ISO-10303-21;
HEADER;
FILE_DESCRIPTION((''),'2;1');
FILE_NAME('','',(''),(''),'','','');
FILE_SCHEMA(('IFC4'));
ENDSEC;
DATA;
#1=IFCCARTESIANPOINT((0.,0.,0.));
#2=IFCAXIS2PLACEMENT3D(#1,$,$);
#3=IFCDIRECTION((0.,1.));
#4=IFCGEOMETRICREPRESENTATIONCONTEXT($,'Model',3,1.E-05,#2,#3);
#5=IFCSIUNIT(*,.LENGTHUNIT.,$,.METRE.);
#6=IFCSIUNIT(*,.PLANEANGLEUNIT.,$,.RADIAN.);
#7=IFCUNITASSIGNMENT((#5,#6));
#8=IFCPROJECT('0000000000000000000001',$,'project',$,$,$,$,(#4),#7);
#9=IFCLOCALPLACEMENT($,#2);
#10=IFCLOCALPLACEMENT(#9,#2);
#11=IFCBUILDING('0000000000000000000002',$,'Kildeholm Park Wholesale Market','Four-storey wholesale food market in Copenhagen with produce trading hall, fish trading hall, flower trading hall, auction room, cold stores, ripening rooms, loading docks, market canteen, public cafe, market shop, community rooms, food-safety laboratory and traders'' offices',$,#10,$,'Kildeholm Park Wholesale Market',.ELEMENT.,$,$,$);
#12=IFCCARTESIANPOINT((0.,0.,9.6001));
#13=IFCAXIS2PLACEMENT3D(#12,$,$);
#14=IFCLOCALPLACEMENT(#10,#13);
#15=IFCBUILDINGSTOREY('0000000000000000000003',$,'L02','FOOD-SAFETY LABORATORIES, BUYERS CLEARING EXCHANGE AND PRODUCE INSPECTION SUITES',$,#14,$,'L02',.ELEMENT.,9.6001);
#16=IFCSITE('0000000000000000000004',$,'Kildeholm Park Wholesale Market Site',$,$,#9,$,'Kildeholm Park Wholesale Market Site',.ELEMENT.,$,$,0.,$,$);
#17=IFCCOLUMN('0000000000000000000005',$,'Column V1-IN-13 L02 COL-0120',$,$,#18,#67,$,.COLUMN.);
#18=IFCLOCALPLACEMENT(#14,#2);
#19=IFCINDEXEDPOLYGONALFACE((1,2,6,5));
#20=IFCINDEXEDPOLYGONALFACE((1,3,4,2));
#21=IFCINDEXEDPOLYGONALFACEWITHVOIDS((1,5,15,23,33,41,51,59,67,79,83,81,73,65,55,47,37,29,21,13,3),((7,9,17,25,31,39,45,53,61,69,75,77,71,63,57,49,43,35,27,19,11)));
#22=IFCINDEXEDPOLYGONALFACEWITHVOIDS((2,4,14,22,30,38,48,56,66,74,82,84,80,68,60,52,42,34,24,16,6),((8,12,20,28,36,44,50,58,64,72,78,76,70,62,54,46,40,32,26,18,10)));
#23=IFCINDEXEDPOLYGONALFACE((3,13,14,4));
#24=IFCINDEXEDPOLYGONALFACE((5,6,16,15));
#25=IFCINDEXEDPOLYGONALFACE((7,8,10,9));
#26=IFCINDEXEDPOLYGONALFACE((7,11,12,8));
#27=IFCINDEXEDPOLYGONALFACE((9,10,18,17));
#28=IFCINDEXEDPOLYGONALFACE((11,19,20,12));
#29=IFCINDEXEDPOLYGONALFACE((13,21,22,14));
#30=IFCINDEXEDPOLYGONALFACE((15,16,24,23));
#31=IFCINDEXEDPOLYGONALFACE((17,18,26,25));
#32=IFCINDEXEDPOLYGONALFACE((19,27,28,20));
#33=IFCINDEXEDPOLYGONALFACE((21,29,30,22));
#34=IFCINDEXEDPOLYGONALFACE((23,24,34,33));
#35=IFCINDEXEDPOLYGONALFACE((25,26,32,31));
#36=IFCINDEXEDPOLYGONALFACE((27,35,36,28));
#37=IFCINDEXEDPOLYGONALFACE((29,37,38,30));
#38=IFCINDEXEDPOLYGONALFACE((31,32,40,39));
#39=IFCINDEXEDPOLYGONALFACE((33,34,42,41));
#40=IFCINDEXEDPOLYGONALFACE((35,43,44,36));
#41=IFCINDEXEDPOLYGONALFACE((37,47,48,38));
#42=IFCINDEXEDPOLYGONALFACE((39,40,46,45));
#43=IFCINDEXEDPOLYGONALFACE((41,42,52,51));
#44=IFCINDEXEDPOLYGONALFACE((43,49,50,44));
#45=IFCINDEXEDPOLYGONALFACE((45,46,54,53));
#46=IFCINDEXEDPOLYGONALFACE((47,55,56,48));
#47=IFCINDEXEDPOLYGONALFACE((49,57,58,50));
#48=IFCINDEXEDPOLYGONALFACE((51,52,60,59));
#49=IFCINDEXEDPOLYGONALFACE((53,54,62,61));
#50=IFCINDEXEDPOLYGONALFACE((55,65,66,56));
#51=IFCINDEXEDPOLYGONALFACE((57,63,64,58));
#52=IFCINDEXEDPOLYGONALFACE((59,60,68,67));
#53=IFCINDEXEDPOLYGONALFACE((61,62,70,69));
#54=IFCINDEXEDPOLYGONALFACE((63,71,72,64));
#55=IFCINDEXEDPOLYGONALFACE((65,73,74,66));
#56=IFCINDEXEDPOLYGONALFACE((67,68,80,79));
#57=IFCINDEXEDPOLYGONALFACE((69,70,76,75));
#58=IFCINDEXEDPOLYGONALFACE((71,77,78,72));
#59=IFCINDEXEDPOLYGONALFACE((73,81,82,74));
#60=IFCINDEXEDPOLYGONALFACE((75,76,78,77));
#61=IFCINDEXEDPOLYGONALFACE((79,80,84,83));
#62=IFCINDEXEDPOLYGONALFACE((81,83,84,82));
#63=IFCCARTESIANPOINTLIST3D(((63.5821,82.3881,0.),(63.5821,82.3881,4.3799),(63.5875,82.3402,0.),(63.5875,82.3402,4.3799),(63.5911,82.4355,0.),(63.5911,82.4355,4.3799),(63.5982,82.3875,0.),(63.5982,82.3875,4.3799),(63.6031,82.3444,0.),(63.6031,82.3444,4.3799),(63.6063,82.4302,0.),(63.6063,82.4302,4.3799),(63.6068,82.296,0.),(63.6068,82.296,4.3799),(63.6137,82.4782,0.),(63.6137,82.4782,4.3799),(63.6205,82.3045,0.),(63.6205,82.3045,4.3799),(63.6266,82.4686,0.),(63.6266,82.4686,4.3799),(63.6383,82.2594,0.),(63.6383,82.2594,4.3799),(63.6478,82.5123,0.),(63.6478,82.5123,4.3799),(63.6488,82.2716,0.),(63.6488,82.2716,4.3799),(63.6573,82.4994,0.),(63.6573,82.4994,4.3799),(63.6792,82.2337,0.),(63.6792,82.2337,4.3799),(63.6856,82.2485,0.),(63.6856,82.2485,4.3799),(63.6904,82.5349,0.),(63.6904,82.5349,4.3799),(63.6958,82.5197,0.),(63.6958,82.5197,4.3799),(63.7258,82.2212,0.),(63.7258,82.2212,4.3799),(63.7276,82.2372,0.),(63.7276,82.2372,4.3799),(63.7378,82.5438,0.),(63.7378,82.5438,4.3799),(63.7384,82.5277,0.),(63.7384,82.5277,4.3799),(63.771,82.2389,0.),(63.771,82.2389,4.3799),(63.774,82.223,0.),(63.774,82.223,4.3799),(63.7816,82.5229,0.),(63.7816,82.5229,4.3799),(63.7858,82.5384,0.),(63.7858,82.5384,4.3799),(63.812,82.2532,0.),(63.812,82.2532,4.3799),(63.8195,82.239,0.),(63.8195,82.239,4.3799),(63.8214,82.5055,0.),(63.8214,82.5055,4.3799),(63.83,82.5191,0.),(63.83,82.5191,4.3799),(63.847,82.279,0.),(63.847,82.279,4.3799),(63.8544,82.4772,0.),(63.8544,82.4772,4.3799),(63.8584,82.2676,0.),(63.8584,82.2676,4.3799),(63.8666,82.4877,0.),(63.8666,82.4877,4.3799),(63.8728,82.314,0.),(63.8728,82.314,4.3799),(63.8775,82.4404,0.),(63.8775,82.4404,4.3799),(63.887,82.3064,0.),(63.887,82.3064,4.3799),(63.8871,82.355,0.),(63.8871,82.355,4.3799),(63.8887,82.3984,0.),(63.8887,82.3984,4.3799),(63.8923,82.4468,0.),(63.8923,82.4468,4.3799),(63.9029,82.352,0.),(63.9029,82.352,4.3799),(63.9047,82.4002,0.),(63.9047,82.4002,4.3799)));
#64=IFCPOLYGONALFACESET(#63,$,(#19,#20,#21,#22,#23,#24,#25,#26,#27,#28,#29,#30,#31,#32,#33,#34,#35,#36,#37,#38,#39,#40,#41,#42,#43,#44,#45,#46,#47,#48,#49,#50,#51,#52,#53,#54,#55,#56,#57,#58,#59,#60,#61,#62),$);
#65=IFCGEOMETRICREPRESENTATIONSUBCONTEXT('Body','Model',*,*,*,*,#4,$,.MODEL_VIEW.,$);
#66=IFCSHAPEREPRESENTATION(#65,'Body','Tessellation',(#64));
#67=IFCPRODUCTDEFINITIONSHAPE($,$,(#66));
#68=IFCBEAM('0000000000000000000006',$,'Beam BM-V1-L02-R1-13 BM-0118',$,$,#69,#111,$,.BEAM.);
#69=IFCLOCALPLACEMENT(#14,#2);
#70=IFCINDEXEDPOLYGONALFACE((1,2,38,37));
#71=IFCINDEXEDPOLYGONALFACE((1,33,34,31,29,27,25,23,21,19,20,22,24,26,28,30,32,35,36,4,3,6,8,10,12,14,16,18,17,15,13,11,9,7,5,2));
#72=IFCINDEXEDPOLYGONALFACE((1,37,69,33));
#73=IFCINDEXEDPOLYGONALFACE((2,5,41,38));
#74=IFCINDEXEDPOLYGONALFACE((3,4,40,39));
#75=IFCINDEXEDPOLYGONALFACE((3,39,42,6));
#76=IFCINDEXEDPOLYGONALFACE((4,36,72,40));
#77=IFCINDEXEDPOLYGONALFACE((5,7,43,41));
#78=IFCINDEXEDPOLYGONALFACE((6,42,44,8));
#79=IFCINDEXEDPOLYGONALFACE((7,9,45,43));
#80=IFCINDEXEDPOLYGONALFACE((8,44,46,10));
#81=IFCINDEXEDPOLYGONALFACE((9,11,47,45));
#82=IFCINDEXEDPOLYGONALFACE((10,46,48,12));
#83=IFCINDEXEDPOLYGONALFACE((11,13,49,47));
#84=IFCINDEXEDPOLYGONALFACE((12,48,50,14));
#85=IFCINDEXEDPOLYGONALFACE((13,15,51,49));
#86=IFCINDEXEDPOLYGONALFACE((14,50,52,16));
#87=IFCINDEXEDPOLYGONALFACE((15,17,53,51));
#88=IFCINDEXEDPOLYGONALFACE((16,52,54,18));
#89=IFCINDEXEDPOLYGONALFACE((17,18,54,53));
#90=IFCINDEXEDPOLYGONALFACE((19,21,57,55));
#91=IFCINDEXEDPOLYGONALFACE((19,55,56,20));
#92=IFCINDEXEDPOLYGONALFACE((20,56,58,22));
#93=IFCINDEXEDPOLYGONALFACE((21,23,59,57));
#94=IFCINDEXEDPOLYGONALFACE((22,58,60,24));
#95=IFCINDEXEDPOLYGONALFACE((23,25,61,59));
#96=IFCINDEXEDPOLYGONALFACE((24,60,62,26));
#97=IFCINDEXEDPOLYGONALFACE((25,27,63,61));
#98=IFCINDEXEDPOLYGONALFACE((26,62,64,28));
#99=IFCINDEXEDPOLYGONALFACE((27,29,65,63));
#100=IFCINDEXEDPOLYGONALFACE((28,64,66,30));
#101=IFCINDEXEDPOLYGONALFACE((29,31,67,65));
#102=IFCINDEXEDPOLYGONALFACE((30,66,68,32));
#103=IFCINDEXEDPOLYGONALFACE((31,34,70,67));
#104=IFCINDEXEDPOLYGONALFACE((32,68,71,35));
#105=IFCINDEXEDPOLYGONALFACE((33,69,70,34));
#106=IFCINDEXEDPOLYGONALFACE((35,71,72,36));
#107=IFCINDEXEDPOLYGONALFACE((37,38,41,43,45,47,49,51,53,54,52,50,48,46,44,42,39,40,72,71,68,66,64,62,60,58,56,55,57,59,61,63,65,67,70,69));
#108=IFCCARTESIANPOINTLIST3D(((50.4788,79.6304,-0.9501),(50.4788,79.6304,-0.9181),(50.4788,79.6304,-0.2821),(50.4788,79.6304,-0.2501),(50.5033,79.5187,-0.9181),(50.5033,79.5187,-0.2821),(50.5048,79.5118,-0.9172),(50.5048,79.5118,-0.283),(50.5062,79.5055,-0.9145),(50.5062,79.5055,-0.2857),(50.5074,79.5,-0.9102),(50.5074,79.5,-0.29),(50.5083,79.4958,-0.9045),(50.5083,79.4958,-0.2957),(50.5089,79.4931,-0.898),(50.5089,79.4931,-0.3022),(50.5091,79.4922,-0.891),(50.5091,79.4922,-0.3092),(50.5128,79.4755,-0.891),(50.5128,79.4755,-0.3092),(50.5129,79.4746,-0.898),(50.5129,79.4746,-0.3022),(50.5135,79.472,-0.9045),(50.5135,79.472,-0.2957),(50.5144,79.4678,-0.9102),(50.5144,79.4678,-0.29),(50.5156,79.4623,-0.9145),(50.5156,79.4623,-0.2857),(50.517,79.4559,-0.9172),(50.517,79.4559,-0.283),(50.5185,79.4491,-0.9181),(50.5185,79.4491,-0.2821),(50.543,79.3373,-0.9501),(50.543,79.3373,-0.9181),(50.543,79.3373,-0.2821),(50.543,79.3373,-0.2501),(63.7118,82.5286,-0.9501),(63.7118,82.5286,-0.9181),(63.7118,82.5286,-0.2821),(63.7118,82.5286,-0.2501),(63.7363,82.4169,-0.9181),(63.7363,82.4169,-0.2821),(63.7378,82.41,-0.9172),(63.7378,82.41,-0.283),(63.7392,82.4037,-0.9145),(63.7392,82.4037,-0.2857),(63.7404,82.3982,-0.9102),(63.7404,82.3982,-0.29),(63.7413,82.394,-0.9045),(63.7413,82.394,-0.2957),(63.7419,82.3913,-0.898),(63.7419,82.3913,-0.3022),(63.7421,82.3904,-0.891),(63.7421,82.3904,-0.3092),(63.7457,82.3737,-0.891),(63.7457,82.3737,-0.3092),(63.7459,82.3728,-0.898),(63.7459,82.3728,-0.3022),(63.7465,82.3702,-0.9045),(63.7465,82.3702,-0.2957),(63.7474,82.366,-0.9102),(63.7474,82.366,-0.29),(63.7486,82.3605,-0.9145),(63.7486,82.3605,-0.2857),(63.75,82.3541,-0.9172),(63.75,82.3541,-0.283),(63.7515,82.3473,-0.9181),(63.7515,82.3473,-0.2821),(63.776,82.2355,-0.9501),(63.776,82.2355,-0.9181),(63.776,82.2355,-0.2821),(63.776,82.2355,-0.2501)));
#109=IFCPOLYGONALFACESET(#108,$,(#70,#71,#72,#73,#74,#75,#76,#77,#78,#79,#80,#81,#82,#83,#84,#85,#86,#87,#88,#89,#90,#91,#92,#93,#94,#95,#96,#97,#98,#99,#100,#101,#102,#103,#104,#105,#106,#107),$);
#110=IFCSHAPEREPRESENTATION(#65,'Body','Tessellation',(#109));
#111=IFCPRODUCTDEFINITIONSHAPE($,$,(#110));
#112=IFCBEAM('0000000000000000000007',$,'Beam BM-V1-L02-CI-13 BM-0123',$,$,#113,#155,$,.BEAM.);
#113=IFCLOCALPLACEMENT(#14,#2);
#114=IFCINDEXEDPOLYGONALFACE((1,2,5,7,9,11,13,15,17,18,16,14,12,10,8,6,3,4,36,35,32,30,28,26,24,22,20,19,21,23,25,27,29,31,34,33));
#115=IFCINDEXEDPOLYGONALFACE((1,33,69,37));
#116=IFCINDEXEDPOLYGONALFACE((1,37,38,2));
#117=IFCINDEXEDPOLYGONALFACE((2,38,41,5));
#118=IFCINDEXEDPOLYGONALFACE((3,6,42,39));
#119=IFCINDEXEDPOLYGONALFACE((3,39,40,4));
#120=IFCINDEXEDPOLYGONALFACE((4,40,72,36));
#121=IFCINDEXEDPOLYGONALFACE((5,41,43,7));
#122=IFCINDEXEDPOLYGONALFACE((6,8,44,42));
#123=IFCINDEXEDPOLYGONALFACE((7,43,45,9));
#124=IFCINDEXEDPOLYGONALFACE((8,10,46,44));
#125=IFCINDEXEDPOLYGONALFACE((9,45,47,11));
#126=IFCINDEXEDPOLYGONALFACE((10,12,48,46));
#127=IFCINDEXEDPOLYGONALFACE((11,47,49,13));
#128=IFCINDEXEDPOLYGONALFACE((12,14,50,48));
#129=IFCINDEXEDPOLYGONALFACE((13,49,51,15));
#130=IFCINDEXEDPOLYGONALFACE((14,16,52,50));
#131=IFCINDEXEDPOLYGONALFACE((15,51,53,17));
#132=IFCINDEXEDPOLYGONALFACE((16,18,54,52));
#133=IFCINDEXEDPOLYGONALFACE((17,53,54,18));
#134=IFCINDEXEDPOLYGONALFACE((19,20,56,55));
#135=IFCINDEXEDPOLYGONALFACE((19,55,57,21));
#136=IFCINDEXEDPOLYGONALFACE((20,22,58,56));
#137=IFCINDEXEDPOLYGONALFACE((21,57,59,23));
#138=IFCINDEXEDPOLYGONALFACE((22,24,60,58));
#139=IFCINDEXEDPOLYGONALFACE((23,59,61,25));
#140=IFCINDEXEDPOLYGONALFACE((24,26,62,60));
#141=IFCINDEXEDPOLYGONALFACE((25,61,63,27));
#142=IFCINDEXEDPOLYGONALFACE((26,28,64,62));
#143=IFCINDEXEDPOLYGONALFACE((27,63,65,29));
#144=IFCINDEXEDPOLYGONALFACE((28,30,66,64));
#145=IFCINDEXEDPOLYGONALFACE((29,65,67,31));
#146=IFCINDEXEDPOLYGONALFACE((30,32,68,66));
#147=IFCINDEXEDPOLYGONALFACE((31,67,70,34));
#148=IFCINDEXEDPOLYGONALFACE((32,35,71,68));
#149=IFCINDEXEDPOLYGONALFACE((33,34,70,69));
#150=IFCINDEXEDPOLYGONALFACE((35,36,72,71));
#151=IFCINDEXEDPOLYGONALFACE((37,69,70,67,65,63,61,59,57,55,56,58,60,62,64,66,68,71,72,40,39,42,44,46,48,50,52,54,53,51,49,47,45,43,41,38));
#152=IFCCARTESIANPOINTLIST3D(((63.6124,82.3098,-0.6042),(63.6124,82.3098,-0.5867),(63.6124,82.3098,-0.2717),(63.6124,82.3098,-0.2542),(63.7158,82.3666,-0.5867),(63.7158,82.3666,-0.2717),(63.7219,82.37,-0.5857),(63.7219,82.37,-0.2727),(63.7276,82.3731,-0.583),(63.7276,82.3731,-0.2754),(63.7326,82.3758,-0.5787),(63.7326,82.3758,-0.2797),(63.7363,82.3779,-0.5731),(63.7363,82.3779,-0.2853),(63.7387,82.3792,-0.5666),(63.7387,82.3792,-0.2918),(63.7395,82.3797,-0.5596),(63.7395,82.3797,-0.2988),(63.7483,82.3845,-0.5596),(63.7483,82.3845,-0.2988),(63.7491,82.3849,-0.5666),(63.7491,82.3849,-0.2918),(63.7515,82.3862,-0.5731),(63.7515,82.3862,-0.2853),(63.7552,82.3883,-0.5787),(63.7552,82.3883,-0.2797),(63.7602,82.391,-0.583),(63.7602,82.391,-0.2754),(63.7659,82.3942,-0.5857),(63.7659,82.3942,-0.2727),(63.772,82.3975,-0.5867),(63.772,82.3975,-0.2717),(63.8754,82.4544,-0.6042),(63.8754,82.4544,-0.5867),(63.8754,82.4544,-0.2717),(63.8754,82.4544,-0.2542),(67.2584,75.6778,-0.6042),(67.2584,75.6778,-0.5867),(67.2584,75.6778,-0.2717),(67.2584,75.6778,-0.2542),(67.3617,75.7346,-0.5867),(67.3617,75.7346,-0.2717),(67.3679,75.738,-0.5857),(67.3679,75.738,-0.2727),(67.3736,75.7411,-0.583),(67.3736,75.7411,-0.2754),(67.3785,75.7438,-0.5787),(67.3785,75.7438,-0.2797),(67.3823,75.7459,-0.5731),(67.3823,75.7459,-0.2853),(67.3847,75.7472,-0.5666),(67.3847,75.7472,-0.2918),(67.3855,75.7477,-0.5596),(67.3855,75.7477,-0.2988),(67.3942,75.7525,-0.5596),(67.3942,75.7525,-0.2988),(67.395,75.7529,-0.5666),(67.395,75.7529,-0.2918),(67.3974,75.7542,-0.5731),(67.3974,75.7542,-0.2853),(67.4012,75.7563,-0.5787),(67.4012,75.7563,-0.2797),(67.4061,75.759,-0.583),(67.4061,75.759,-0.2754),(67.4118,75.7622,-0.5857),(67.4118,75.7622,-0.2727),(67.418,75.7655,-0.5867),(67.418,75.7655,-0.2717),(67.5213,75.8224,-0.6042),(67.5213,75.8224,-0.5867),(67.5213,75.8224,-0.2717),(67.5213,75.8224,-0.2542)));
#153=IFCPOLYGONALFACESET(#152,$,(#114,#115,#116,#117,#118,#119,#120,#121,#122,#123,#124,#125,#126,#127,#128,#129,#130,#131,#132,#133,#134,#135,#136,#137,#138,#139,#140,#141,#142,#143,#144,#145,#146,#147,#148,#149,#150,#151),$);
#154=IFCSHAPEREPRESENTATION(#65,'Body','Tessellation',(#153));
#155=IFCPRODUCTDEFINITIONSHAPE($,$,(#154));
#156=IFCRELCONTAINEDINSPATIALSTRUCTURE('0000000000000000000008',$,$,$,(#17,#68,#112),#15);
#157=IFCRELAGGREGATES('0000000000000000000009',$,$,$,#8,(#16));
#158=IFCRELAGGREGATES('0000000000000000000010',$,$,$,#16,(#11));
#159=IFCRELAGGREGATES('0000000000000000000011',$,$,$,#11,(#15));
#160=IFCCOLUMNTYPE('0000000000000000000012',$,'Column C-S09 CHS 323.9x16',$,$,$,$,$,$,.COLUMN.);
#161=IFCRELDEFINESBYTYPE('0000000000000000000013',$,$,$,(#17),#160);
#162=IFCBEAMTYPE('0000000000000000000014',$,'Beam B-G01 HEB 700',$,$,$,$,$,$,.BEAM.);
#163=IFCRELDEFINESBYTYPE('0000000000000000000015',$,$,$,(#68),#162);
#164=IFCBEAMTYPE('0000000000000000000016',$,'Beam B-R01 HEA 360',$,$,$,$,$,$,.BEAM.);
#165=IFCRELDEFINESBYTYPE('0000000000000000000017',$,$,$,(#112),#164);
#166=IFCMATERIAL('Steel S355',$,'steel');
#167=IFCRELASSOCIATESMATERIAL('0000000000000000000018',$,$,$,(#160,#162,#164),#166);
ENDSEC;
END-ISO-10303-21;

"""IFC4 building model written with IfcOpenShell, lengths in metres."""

from ifc_helpers import new_model, si_unit, direction, frame, origin, origin_2d, place, context, subcontext, project, spatial, hollow_circle, i_section, extrude, material, material_profile, profile_set, type_object, element, save


model = new_model("IFC4")

# Units and contexts
model_context = context("Model", 3, precision=1e-05, world=origin(), true_north=direction((0.0, 1.0)))
body_context = subcontext(model_context, "Body", "Model", "MODEL_VIEW")
ifc_project = project(units=[si_unit("LENGTHUNIT", "METRE"), si_unit("PLANEANGLEUNIT", "RADIAN")], contexts=[model_context])

# Site, building, storey
site_placement = place(None, origin())
site = spatial("IfcSite", under=ifc_project, at=site_placement, Name="Kildeholm Park Wholesale Market Site", LongName="Kildeholm Park Wholesale Market Site", CompositionType="ELEMENT", RefElevation=0.0)
building_placement = place(site_placement, origin())
building = spatial("IfcBuilding", under=site, at=building_placement, Name="Kildeholm Park Wholesale Market", Description="Four-storey wholesale food market in Copenhagen with produce trading hall, fish trading hall, flower trading hall, auction room, cold stores, ripening rooms, loading docks, market canteen, public cafe, market shop, community rooms, food-safety laboratory and traders' offices", LongName="Kildeholm Park Wholesale Market", CompositionType="ELEMENT")
storey_placement = place(building_placement, frame((0.0, 0.0, 9.6001)))
storey = spatial("IfcBuildingStorey", under=building, at=storey_placement, Name="L02", Description="FOOD-SAFETY LABORATORIES, BUYERS CLEARING EXCHANGE AND PRODUCE INSPECTION SUITES", LongName="L02", CompositionType="ELEMENT", Elevation=9.6001)

# Column
ifc_material_1 = material(Name="Steel S355", Category="steel")
ifc_material_profile_1 = material_profile(ifc_material_1, hollow_circle(Radius=0.1619, WallThickness=0.0161, at=origin_2d()), Name="CHS 323.9x16")
ifc_profile_set_1 = profile_set([ifc_material_profile_1], Name="Steel S355")
column_type = type_object("IfcColumnType", Name="Column C-S09 CHS 323.9x16", PredefinedType="COLUMN", material=ifc_profile_set_1)
column_placement = place(storey_placement, frame((63.7439, 82.3821, 0.0), z_axis=(0.0, 0.0, 1.0), x_axis=(-0.965926, -0.258819, 0.0)))
element("IfcColumn", 1, at=column_placement, inside=storey, type_object=column_type, Name="Column V1-IN-13 L02 COL-0120", PredefinedType="COLUMN", context=body_context, shape_type="SweptSolid", body=[
    extrude(hollow_circle(Radius=0.1619, WallThickness=0.0161, at=origin_2d()), origin(), (0.0, 0.0, 1.0), 4.3799),
])

# Beams
ifc_material_profile_2 = material_profile(ifc_material_1, i_section(OverallWidth=0.3, OverallDepth=0.7, WebThickness=0.0171, FlangeThickness=0.032, FilletRadius=0.0271, at=origin_2d()), Name="HEB 700")
ifc_profile_set_2 = profile_set([ifc_material_profile_2], Name="Steel S355")
beam_type_1 = type_object("IfcBeamType", Name="Beam B-G01 HEB 700", PredefinedType="BEAM", material=ifc_profile_set_2)
beam_1_placement = place(storey_placement, frame((63.7439, 82.3821, -0.6001), z_axis=(-0.976846, -0.213943, 0.0), x_axis=(0.213943, -0.976846, 0.0)))
element("IfcBeam", 2, at=beam_1_placement, inside=storey, type_object=beam_type_1, Name="Beam BM-V1-L02-R1-13 BM-0118", PredefinedType="BEAM", context=body_context, shape_type="SweptSolid", body=[
    extrude(i_section(OverallWidth=0.3, OverallDepth=0.7, WebThickness=0.0171, FlangeThickness=0.032, FilletRadius=0.0271, at=origin_2d()), origin(), (0.0, 0.0, 1.0), 13.5466),
])
ifc_material_profile_3 = material_profile(ifc_material_1, i_section(OverallWidth=0.3, OverallDepth=0.3501, WebThickness=0.01, FlangeThickness=0.0176, FilletRadius=0.0271, at=origin_2d()), Name="HEA 360")
ifc_profile_set_3 = profile_set([ifc_material_profile_3], Name="Steel S355")
beam_type_2 = type_object("IfcBeamType", Name="Beam B-R01 HEA 360", PredefinedType="BEAM", material=ifc_profile_set_3)
beam_2_placement = place(storey_placement, frame((63.7439, 82.3821, -0.4292), z_axis=(0.481752, -0.876308, 0.0), x_axis=(0.876308, 0.481752, 0.0)))
element("IfcBeam", 3, at=beam_2_placement, inside=storey, type_object=beam_type_2, Name="Beam BM-V1-L02-CI-13 BM-0123", PredefinedType="BEAM", context=body_context, shape_type="SweptSolid", body=[
    extrude(i_section(OverallWidth=0.3, OverallDepth=0.3501, WebThickness=0.01, FlangeThickness=0.0176, FilletRadius=0.0271, at=origin_2d()), origin(), (0.0, 0.0, 1.0), 7.5681),
])

save(model, "model.ifc")
